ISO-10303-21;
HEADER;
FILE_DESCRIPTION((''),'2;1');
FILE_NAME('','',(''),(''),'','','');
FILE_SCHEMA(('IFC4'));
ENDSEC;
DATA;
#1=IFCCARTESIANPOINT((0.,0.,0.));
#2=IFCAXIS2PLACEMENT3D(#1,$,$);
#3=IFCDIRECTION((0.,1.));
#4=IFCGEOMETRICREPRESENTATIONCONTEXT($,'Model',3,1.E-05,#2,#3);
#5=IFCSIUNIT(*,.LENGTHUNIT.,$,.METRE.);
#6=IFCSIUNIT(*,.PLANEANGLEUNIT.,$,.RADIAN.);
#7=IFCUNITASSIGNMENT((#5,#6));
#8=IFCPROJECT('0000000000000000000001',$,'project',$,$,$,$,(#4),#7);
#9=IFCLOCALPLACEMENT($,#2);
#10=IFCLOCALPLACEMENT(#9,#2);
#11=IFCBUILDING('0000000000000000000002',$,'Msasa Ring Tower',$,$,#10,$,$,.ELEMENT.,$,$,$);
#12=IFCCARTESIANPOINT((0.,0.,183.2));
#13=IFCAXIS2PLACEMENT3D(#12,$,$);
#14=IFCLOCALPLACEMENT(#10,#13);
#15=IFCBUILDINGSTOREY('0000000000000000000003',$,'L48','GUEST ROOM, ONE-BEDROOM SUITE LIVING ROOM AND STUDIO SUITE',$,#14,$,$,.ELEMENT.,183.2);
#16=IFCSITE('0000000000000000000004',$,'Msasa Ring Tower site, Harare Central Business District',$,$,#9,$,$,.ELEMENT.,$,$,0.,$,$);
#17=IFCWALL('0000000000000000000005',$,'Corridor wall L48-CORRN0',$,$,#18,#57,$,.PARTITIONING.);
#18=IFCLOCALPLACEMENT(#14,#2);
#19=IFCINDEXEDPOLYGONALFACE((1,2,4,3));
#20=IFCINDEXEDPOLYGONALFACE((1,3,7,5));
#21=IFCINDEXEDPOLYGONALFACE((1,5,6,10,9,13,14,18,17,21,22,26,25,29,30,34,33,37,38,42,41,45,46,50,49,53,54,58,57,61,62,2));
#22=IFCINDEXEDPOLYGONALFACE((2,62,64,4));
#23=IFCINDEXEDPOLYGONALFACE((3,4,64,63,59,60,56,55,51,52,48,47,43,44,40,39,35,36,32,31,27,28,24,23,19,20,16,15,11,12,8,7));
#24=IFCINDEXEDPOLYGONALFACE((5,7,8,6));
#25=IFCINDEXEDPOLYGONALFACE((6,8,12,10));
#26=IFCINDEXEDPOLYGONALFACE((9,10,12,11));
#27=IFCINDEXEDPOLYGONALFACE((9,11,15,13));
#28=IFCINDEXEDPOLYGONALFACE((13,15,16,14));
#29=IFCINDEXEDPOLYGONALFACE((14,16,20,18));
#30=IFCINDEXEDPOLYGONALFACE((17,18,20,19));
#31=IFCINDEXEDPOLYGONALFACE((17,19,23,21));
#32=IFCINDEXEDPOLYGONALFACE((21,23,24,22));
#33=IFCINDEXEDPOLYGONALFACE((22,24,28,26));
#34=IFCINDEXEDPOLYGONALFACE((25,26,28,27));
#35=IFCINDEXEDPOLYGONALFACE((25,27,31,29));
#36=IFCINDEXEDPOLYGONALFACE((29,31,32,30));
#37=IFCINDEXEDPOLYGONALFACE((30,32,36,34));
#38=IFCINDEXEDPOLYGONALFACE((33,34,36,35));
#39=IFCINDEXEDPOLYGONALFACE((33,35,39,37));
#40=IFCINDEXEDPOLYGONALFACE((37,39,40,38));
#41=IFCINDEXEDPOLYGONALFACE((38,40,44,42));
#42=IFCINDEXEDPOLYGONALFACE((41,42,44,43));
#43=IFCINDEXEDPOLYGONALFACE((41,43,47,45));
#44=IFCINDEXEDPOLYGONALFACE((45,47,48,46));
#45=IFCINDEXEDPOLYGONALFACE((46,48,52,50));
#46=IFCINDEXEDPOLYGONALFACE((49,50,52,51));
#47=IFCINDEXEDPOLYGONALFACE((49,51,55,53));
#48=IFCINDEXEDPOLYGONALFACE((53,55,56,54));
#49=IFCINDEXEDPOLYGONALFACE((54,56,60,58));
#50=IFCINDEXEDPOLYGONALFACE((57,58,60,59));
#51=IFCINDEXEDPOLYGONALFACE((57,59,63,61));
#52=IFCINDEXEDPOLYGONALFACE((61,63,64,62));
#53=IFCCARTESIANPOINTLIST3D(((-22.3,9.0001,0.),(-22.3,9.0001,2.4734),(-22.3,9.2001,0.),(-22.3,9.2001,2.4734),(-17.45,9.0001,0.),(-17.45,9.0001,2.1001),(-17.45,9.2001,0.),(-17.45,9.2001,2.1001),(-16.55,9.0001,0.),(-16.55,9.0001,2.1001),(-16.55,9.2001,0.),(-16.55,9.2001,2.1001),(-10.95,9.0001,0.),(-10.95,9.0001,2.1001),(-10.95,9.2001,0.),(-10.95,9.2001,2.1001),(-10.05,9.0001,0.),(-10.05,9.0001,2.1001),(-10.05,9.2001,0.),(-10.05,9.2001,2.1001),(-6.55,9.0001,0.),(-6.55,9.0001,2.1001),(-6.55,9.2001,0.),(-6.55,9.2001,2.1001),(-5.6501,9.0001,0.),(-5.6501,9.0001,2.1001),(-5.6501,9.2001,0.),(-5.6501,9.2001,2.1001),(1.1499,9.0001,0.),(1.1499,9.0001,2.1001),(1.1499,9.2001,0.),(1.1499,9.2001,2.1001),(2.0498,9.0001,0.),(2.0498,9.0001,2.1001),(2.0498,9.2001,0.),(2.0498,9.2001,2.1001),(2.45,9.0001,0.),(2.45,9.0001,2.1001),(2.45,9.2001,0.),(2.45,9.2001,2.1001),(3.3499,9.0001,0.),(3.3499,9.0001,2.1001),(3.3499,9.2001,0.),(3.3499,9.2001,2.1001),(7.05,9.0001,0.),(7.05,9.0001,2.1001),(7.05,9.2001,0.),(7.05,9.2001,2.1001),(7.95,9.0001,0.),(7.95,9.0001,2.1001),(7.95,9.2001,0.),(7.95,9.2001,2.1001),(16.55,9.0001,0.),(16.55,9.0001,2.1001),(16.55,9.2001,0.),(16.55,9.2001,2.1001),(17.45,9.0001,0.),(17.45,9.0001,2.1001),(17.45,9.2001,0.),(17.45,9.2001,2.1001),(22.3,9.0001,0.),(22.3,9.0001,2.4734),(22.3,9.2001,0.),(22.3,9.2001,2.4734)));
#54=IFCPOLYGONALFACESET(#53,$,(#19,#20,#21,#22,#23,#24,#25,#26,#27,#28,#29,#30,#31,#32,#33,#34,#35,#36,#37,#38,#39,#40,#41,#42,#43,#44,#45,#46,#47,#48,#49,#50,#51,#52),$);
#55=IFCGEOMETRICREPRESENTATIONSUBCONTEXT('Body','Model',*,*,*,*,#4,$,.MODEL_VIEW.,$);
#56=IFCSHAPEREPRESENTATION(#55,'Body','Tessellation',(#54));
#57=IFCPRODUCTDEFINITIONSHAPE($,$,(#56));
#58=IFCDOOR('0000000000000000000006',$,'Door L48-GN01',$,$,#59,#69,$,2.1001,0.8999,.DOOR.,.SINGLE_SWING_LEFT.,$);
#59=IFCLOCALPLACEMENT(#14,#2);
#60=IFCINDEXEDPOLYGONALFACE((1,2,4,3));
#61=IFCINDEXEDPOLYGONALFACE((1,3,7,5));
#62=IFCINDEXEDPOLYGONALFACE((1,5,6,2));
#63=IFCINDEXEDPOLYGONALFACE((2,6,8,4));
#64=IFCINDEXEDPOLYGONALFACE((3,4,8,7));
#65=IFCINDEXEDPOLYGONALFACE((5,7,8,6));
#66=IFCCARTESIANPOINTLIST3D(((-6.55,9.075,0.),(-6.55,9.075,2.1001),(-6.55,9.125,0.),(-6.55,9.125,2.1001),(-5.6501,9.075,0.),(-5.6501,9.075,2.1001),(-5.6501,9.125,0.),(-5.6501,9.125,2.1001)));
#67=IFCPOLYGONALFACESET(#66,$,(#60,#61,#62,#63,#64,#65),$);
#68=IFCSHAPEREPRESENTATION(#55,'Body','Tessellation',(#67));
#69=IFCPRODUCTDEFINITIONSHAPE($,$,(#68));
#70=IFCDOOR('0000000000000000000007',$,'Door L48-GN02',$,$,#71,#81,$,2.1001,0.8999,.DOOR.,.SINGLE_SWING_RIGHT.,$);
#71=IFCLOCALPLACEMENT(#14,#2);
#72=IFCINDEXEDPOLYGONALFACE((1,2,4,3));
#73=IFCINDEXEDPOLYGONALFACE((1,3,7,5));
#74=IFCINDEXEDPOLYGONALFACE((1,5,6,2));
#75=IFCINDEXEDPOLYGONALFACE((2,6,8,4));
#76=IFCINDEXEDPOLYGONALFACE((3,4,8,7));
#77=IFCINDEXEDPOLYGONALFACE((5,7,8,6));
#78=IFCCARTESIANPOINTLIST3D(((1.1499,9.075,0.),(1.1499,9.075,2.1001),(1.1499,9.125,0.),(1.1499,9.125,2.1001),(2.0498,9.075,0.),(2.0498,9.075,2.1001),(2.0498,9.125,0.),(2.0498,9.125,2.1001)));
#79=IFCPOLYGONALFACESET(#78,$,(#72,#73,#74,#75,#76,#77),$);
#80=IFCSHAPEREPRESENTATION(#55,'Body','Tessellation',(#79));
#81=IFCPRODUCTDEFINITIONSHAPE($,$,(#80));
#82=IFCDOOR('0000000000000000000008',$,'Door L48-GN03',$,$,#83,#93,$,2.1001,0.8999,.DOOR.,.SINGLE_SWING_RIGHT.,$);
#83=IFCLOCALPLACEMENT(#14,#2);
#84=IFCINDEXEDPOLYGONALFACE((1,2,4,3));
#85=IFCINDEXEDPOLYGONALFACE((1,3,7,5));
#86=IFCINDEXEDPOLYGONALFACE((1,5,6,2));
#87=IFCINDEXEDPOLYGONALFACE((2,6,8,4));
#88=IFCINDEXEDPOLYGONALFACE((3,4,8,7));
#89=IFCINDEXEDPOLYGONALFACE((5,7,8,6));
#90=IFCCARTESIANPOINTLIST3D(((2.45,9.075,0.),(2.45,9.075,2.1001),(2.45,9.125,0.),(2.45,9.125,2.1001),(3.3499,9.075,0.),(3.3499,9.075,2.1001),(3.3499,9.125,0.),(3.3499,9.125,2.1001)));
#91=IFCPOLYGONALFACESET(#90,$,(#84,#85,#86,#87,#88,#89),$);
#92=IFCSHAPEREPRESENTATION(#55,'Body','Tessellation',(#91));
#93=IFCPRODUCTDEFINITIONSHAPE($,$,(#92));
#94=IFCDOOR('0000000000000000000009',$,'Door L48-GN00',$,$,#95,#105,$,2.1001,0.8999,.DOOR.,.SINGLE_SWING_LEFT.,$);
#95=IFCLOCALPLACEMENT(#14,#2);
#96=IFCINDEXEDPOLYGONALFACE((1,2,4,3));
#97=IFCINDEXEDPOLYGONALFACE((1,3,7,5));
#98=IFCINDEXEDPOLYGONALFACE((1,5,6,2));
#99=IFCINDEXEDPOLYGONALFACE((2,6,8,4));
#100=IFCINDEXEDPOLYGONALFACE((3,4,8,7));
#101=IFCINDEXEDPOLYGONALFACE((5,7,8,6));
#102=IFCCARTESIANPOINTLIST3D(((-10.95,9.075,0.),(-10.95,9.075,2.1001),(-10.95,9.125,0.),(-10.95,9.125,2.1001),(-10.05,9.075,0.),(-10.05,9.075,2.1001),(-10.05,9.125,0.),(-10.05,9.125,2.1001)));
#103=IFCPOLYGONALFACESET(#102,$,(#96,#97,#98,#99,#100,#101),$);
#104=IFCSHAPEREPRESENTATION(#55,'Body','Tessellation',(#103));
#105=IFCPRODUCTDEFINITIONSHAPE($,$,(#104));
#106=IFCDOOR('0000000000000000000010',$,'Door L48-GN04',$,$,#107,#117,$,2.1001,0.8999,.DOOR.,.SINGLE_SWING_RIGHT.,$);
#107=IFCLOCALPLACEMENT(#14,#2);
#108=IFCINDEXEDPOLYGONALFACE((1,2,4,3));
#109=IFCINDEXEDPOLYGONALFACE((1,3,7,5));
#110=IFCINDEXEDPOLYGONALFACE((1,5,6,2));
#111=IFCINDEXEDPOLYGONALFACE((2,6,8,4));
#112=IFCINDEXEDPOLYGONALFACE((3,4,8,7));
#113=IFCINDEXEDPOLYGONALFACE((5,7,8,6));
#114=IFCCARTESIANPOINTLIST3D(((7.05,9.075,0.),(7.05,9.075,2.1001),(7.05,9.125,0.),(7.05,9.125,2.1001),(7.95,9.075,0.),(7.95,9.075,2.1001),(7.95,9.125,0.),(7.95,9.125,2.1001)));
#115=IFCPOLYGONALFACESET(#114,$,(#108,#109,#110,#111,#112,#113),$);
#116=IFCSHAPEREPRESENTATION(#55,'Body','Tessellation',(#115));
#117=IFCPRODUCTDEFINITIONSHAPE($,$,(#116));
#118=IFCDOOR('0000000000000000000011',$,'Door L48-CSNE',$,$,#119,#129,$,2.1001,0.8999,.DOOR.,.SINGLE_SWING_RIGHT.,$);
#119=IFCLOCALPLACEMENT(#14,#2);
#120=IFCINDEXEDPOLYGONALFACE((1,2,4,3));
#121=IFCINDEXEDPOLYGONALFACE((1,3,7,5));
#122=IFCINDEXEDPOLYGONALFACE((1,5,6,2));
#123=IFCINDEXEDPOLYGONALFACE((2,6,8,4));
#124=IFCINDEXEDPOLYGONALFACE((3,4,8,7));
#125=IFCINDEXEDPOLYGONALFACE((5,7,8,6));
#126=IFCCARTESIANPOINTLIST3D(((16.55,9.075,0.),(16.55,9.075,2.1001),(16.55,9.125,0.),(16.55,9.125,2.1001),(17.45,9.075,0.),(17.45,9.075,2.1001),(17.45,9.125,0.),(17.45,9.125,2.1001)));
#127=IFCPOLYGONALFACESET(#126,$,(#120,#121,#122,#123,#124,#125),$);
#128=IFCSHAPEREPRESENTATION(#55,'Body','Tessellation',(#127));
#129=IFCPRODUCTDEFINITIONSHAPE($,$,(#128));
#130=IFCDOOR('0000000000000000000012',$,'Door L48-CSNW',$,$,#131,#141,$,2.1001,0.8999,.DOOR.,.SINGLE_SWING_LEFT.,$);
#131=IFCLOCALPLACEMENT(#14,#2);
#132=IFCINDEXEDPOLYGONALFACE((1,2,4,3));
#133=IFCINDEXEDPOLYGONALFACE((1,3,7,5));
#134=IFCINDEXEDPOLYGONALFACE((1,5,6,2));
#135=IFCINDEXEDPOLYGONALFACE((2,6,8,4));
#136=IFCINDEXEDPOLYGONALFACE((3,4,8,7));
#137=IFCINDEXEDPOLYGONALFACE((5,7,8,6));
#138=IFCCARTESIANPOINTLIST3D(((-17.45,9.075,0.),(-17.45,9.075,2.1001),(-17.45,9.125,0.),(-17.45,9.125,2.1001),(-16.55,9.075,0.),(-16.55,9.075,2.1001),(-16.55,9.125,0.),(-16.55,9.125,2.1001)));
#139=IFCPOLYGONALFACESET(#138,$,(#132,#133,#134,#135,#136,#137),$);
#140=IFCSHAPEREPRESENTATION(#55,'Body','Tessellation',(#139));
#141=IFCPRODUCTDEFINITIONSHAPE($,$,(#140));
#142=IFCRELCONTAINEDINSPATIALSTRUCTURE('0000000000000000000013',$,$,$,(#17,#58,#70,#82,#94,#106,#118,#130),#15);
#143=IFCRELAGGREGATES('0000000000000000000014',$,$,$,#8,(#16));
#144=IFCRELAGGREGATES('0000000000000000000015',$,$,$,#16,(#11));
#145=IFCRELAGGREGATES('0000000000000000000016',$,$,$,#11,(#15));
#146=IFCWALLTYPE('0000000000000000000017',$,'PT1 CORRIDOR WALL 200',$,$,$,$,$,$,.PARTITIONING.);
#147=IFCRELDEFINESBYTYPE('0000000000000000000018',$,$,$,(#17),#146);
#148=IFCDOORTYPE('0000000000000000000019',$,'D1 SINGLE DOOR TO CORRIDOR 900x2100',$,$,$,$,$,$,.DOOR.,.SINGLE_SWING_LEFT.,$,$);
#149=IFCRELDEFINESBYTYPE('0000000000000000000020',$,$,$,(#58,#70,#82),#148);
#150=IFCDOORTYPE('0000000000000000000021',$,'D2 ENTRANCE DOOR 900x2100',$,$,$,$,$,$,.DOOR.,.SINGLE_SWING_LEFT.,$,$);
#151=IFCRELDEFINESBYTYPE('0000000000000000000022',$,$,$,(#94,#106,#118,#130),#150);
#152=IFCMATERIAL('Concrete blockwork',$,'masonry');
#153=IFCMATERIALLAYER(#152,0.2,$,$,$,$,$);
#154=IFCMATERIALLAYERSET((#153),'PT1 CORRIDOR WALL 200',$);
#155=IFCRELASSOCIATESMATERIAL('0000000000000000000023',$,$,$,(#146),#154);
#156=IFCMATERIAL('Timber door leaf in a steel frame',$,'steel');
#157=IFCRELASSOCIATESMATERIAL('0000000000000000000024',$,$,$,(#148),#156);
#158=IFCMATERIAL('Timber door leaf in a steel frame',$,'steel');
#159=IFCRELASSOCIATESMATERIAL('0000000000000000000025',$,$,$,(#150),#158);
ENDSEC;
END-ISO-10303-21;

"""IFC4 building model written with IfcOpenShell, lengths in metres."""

from ifc_helpers import new_model, si_unit, direction, frame, frame_2d, origin, place, context, subcontext, project, spatial, rectangle, extrude, material, layer, layer_set, type_object, element, fill, save


model = new_model("IFC4")

# Units and contexts
model_context = context("Model", 3, precision=1e-05, world=origin(), true_north=direction((0.0, 1.0)))
body_context = subcontext(model_context, "Body", "Model", "MODEL_VIEW")
ifc_project = project(units=[si_unit("LENGTHUNIT", "METRE"), si_unit("PLANEANGLEUNIT", "RADIAN")], contexts=[model_context])

# Site, building, storey
site_placement = place(None, origin())
site = spatial("IfcSite", under=ifc_project, at=site_placement, Name="Msasa Ring Tower site, Harare Central Business District", CompositionType="ELEMENT", RefElevation=0.0)
building_placement = place(site_placement, origin())
building = spatial("IfcBuilding", under=site, at=building_placement, Name="Msasa Ring Tower", CompositionType="ELEMENT")
storey_placement = place(building_placement, frame((0.0, 0.0, 183.2)))
storey = spatial("IfcBuildingStorey", under=building, at=storey_placement, Name="L48", Description="GUEST ROOM, ONE-BEDROOM SUITE LIVING ROOM AND STUDIO SUITE", CompositionType="ELEMENT", Elevation=183.2)

# Wall, openings, doors
ifc_material_1 = material(Name="Concrete blockwork", Category="masonry")
ifc_layer_1 = layer(ifc_material_1, 0.2)
ifc_layer_set_1 = layer_set([ifc_layer_1], Name="PT1 CORRIDOR WALL 200")
wall_type_1 = type_object("IfcWallType", Name="PT1 CORRIDOR WALL 200", PredefinedType="PARTITIONING", material=ifc_layer_set_1)
wall_1_placement = place(storey_placement, frame((-22.3, 9.1001, 0.0), z_axis=(0.0, 0.0, 1.0), x_axis=(1.0, 0.0, 0.0)))
wall_1 = element("IfcWall", 1, at=wall_1_placement, inside=storey, type_object=wall_type_1, Name="Corridor wall L48-CORRN0", PredefinedType="PARTITIONING", context=body_context, shape_type="SweptSolid", body=[
    extrude(rectangle(XDim=44.6001, YDim=0.2, at=frame_2d((22.3, 0.0))), origin(), (0.0, 0.0, 1.0), 2.4734),
])
opening_1_placement = place(wall_1_placement, frame((11.3501, 0.0, 0.0)))
opening_1 = element("IfcOpeningElement", 2, at=opening_1_placement, cuts=wall_1, PredefinedType="OPENING", context=body_context, shape_type="SweptSolid", body=[
    extrude(rectangle(XDim=0.8999, YDim=2.1001, at=frame_2d((0.45, 1.05))), frame((0.0, 0.1099, 0.0), z_axis=(0.0, -1.0, 0.0), x_axis=(1.0, 0.0, 0.0)), (0.0, 0.0, 1.0), 0.22),
])
opening_2_placement = place(wall_1_placement, frame((15.75, 0.0, 0.0)))
opening_2 = element("IfcOpeningElement", 3, at=opening_2_placement, cuts=wall_1, PredefinedType="OPENING", context=body_context, shape_type="SweptSolid", body=[
    extrude(rectangle(XDim=0.8999, YDim=2.1001, at=frame_2d((0.45, 1.05))), frame((0.0, 0.1099, 0.0), z_axis=(0.0, -1.0, 0.0), x_axis=(1.0, 0.0, 0.0)), (0.0, 0.0, 1.0), 0.22),
])
opening_3_placement = place(wall_1_placement, frame((23.45, 0.0, 0.0)))
opening_3 = element("IfcOpeningElement", 4, at=opening_3_placement, cuts=wall_1, PredefinedType="OPENING", context=body_context, shape_type="SweptSolid", body=[
    extrude(rectangle(XDim=0.8999, YDim=2.1001, at=frame_2d((0.45, 1.05))), frame((0.0, 0.1099, 0.0), z_axis=(0.0, -1.0, 0.0), x_axis=(1.0, 0.0, 0.0)), (0.0, 0.0, 1.0), 0.22),
])
opening_4_placement = place(wall_1_placement, frame((24.75, 0.0, 0.0)))
opening_4 = element("IfcOpeningElement", 5, at=opening_4_placement, cuts=wall_1, PredefinedType="OPENING", context=body_context, shape_type="SweptSolid", body=[
    extrude(rectangle(XDim=0.8999, YDim=2.1001, at=frame_2d((0.45, 1.05))), frame((0.0, 0.1099, 0.0), z_axis=(0.0, -1.0, 0.0), x_axis=(1.0, 0.0, 0.0)), (0.0, 0.0, 1.0), 0.22),
])
opening_5_placement = place(wall_1_placement, frame((29.3501, 0.0, 0.0)))
opening_5 = element("IfcOpeningElement", 6, at=opening_5_placement, cuts=wall_1, PredefinedType="OPENING", context=body_context, shape_type="SweptSolid", body=[
    extrude(rectangle(XDim=0.8999, YDim=2.1001, at=frame_2d((0.45, 1.05))), frame((0.0, 0.1099, 0.0), z_axis=(0.0, -1.0, 0.0), x_axis=(1.0, 0.0, 0.0)), (0.0, 0.0, 1.0), 0.22),
])
opening_6_placement = place(wall_1_placement, frame((38.8501, 0.0, 0.0)))
opening_6 = element("IfcOpeningElement", 7, at=opening_6_placement, cuts=wall_1, PredefinedType="OPENING", context=body_context, shape_type="SweptSolid", body=[
    extrude(rectangle(XDim=0.8999, YDim=2.1001, at=frame_2d((0.45, 1.05))), frame((0.0, 0.1099, 0.0), z_axis=(0.0, -1.0, 0.0), x_axis=(1.0, 0.0, 0.0)), (0.0, 0.0, 1.0), 0.22),
])
opening_7_placement = place(wall_1_placement, frame((4.8501, 0.0, 0.0)))
opening_7 = element("IfcOpeningElement", 8, at=opening_7_placement, cuts=wall_1, PredefinedType="OPENING", context=body_context, shape_type="SweptSolid", body=[
    extrude(rectangle(XDim=0.8999, YDim=2.1001, at=frame_2d((0.45, 1.05))), frame((0.0, 0.1099, 0.0), z_axis=(0.0, -1.0, 0.0), x_axis=(1.0, 0.0, 0.0)), (0.0, 0.0, 1.0), 0.22),
])
ifc_material_2 = material(Name="Timber door leaf in a steel frame", Category="steel")
door_type_1 = type_object("IfcDoorType", Name="D1 SINGLE DOOR TO CORRIDOR 900x2100", OperationType="SINGLE_SWING_LEFT", PredefinedType="DOOR", material=ifc_material_2)
door_1_placement = place(opening_2_placement, origin())
door_1 = element("IfcDoor", 9, at=door_1_placement, inside=storey, type_object=door_type_1, Name="Door L48-GN01", OperationType="SINGLE_SWING_LEFT", OverallHeight=2.1001, OverallWidth=0.8999, PredefinedType="DOOR", context=body_context, shape_type="SweptSolid", body=[
    extrude(rectangle(XDim=0.8999, YDim=2.1001, at=frame_2d((0.45, 1.05))), frame((0.0, 0.0249, 0.0), z_axis=(0.0, -1.0, 0.0), x_axis=(1.0, 0.0, 0.0)), (0.0, 0.0, 1.0), 0.05),
])
fill(opening_2, door_1)
door_2_placement = place(opening_3_placement, origin())
door_2 = element("IfcDoor", 10, at=door_2_placement, inside=storey, type_object=door_type_1, Name="Door L48-GN02", OperationType="SINGLE_SWING_RIGHT", OverallHeight=2.1001, OverallWidth=0.8999, PredefinedType="DOOR", context=body_context, shape_type="SweptSolid", body=[
    extrude(rectangle(XDim=0.8999, YDim=2.1001, at=frame_2d((0.45, 1.05))), frame((0.0, 0.0249, 0.0), z_axis=(0.0, -1.0, 0.0), x_axis=(1.0, 0.0, 0.0)), (0.0, 0.0, 1.0), 0.05),
])
fill(opening_3, door_2)
door_3_placement = place(opening_4_placement, origin())
door_3 = element("IfcDoor", 11, at=door_3_placement, inside=storey, type_object=door_type_1, Name="Door L48-GN03", OperationType="SINGLE_SWING_RIGHT", OverallHeight=2.1001, OverallWidth=0.8999, PredefinedType="DOOR", context=body_context, shape_type="SweptSolid", body=[
    extrude(rectangle(XDim=0.8999, YDim=2.1001, at=frame_2d((0.45, 1.05))), frame((0.0, 0.0249, 0.0), z_axis=(0.0, -1.0, 0.0), x_axis=(1.0, 0.0, 0.0)), (0.0, 0.0, 1.0), 0.05),
])
fill(opening_4, door_3)
ifc_material_3 = material(Name="Timber door leaf in a steel frame", Category="steel")
door_type_2 = type_object("IfcDoorType", Name="D2 ENTRANCE DOOR 900x2100", OperationType="SINGLE_SWING_LEFT", PredefinedType="DOOR", material=ifc_material_3)
door_4_placement = place(opening_1_placement, origin())
door_4 = element("IfcDoor", 12, at=door_4_placement, inside=storey, type_object=door_type_2, Name="Door L48-GN00", OperationType="SINGLE_SWING_LEFT", OverallHeight=2.1001, OverallWidth=0.8999, PredefinedType="DOOR", context=body_context, shape_type="SweptSolid", body=[
    extrude(rectangle(XDim=0.8999, YDim=2.1001, at=frame_2d((0.45, 1.05))), frame((0.0, 0.0249, 0.0), z_axis=(0.0, -1.0, 0.0), x_axis=(1.0, 0.0, 0.0)), (0.0, 0.0, 1.0), 0.05),
])
fill(opening_1, door_4)
door_5_placement = place(opening_5_placement, origin())
door_5 = element("IfcDoor", 13, at=door_5_placement, inside=storey, type_object=door_type_2, Name="Door L48-GN04", OperationType="SINGLE_SWING_RIGHT", OverallHeight=2.1001, OverallWidth=0.8999, PredefinedType="DOOR", context=body_context, shape_type="SweptSolid", body=[
    extrude(rectangle(XDim=0.8999, YDim=2.1001, at=frame_2d((0.45, 1.05))), frame((0.0, 0.0249, 0.0), z_axis=(0.0, -1.0, 0.0), x_axis=(1.0, 0.0, 0.0)), (0.0, 0.0, 1.0), 0.05),
])
fill(opening_5, door_5)
door_6_placement = place(opening_6_placement, origin())
door_6 = element("IfcDoor", 14, at=door_6_placement, inside=storey, type_object=door_type_2, Name="Door L48-CSNE", OperationType="SINGLE_SWING_RIGHT", OverallHeight=2.1001, OverallWidth=0.8999, PredefinedType="DOOR", context=body_context, shape_type="SweptSolid", body=[
    extrude(rectangle(XDim=0.8999, YDim=2.1001, at=frame_2d((0.45, 1.05))), frame((0.0, 0.0249, 0.0), z_axis=(0.0, -1.0, 0.0), x_axis=(1.0, 0.0, 0.0)), (0.0, 0.0, 1.0), 0.05),
])
fill(opening_6, door_6)
door_7_placement = place(opening_7_placement, origin())
door_7 = element("IfcDoor", 15, at=door_7_placement, inside=storey, type_object=door_type_2, Name="Door L48-CSNW", OperationType="SINGLE_SWING_LEFT", OverallHeight=2.1001, OverallWidth=0.8999, PredefinedType="DOOR", context=body_context, shape_type="SweptSolid", body=[
    extrude(rectangle(XDim=0.8999, YDim=2.1001, at=frame_2d((0.45, 1.05))), frame((0.0, 0.0249, 0.0), z_axis=(0.0, -1.0, 0.0), x_axis=(1.0, 0.0, 0.0)), (0.0, 0.0, 1.0), 0.05),
])
fill(opening_7, door_7)

save(model, "model.ifc")
